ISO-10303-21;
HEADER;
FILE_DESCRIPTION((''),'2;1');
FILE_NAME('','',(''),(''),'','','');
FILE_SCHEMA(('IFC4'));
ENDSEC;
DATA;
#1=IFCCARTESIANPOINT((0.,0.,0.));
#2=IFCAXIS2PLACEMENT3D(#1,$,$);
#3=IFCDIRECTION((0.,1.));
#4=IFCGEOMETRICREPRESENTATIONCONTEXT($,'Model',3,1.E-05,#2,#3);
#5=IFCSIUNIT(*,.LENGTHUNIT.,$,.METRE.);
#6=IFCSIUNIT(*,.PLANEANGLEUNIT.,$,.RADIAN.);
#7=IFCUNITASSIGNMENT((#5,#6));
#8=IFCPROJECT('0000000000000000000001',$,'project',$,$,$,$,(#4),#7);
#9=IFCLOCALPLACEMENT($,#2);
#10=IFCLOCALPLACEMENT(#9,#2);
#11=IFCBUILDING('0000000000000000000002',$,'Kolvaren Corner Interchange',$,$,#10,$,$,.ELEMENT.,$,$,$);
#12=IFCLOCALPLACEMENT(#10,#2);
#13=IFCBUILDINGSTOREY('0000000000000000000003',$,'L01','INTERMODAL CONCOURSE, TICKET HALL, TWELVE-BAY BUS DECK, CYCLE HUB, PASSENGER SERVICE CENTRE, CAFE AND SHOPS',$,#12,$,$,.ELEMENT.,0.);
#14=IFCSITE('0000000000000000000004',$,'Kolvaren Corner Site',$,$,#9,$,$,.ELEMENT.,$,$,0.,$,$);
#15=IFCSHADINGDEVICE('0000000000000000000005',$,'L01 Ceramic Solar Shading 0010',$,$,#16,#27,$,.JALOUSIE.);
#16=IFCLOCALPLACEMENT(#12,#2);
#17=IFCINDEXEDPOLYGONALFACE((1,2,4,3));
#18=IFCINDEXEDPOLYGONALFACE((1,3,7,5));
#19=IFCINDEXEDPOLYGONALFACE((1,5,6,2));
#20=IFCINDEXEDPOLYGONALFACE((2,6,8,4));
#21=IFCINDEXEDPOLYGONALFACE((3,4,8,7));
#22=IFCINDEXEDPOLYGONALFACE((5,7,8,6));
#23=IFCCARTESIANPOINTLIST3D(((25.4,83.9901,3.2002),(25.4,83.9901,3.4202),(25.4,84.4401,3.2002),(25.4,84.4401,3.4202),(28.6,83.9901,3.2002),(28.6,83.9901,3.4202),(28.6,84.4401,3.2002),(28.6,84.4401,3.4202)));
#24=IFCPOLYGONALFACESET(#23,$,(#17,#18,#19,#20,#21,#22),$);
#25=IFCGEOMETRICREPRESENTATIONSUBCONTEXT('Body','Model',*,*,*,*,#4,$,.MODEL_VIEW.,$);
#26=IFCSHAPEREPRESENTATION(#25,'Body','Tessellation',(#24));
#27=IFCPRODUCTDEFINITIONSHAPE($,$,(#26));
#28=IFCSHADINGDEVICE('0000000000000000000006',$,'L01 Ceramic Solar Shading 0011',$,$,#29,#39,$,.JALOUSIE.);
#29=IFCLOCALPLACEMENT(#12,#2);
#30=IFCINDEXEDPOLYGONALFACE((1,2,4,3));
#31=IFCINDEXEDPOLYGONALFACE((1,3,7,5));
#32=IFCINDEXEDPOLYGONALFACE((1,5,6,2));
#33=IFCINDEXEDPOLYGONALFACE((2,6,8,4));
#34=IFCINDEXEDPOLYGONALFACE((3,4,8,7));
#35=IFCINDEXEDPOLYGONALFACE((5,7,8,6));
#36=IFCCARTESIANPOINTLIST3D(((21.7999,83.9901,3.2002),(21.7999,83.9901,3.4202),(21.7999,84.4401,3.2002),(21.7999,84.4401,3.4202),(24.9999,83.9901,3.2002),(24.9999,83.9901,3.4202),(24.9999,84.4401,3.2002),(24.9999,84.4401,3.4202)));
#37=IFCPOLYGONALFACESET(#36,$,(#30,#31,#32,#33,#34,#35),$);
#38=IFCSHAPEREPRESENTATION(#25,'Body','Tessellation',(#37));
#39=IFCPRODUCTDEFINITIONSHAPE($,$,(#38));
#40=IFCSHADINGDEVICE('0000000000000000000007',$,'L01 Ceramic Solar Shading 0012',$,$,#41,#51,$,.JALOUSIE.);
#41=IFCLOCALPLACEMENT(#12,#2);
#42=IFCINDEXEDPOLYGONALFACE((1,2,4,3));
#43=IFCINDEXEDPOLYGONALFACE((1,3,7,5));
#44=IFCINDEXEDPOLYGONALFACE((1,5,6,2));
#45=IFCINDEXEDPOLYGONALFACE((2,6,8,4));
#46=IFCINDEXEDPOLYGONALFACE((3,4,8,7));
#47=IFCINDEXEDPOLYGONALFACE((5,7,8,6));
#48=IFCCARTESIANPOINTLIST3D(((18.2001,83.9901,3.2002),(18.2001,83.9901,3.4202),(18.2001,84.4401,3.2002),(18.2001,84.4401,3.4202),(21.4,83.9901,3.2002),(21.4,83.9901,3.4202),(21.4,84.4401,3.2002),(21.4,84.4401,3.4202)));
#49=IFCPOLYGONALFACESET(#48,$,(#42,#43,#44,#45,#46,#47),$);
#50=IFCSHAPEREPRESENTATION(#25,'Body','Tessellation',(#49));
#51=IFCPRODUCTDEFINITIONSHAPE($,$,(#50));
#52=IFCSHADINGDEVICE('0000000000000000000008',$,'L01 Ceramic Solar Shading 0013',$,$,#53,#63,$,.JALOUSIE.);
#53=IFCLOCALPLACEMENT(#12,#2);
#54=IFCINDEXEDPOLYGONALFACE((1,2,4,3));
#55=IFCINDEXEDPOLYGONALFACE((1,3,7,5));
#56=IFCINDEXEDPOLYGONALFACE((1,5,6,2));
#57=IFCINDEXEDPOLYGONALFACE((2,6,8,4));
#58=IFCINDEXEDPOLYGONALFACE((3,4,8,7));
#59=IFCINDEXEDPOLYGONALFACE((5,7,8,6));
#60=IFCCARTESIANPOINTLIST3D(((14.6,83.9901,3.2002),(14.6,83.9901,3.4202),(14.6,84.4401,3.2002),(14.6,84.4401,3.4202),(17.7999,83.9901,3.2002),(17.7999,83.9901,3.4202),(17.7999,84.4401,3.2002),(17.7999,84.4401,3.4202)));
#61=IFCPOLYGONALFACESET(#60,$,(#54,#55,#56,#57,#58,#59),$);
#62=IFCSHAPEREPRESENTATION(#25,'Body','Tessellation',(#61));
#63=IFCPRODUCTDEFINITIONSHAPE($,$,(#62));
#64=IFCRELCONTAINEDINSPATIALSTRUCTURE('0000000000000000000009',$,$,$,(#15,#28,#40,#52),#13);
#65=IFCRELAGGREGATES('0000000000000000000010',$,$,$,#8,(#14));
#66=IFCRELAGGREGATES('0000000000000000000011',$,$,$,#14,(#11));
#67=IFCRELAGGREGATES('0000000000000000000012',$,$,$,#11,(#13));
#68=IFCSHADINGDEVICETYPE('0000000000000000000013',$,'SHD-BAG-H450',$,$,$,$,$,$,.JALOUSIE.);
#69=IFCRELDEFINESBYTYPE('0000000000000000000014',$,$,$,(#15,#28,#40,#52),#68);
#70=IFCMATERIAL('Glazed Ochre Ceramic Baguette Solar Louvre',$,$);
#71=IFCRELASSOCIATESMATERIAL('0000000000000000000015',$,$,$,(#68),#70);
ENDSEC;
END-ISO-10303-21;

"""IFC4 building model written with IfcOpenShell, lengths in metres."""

from ifc_helpers import new_model, si_unit, direction, frame, origin, origin_2d, place, context, subcontext, project, spatial, rectangle, extrude, material, type_object, element, save


model = new_model("IFC4")

# Units and contexts
model_context = context("Model", 3, precision=1e-05, world=origin(), true_north=direction((0.0, 1.0)))
body_context = subcontext(model_context, "Body", "Model", "MODEL_VIEW")
ifc_project = project(units=[si_unit("LENGTHUNIT", "METRE"), si_unit("PLANEANGLEUNIT", "RADIAN")], contexts=[model_context])

# Site, building, storey
site_placement = place(None, origin())
site = spatial("IfcSite", under=ifc_project, at=site_placement, Name="Kolvaren Corner Site", CompositionType="ELEMENT", RefElevation=0.0)
building_placement = place(site_placement, origin())
building = spatial("IfcBuilding", under=site, at=building_placement, Name="Kolvaren Corner Interchange", CompositionType="ELEMENT")
storey_placement = place(building_placement, origin())
storey = spatial("IfcBuildingStorey", under=building, at=storey_placement, Name="L01", Description="INTERMODAL CONCOURSE, TICKET HALL, TWELVE-BAY BUS DECK, CYCLE HUB, PASSENGER SERVICE CENTRE, CAFE AND SHOPS", CompositionType="ELEMENT", Elevation=0.0)

# Shading devices
ifc_material_1 = material(Name="Glazed Ochre Ceramic Baguette Solar Louvre")
shading_device_type = type_object("IfcShadingDeviceType", Name="SHD-BAG-H450", PredefinedType="JALOUSIE", material=ifc_material_1)
for number, where, z_axis, x_axis, name in (
    (1, (27.0, 84.2151, 3.2002), (0.0, 0.0, 1.0), (-1.0, 0.0, 0.0), "L01 Ceramic Solar Shading 0010"),
    (2, (23.3999, 84.2151, 3.2002), (0.0, 0.0, 1.0), (-1.0, 0.0, 0.0), "L01 Ceramic Solar Shading 0011"),
    (3, (19.8, 84.2151, 3.2002), (0.0, 0.0, 1.0), (-1.0, 0.0, 0.0), "L01 Ceramic Solar Shading 0012"),
    (4, (16.2, 84.2151, 3.2002), (0.0, 0.0, 1.0), (-1.0, 0.0, 0.0), "L01 Ceramic Solar Shading 0013"),
):
    element("IfcShadingDevice", number, at=place(storey_placement, frame(where, z_axis=z_axis, x_axis=x_axis)), inside=storey, type_object=shading_device_type, Name=name, PredefinedType="JALOUSIE", context=body_context, shape_type="SweptSolid", body=[
        extrude(rectangle(XDim=3.2, YDim=0.45, at=origin_2d()), origin(), (0.0, 0.0, 1.0), 0.22),
    ])

save(model, "model.ifc")
